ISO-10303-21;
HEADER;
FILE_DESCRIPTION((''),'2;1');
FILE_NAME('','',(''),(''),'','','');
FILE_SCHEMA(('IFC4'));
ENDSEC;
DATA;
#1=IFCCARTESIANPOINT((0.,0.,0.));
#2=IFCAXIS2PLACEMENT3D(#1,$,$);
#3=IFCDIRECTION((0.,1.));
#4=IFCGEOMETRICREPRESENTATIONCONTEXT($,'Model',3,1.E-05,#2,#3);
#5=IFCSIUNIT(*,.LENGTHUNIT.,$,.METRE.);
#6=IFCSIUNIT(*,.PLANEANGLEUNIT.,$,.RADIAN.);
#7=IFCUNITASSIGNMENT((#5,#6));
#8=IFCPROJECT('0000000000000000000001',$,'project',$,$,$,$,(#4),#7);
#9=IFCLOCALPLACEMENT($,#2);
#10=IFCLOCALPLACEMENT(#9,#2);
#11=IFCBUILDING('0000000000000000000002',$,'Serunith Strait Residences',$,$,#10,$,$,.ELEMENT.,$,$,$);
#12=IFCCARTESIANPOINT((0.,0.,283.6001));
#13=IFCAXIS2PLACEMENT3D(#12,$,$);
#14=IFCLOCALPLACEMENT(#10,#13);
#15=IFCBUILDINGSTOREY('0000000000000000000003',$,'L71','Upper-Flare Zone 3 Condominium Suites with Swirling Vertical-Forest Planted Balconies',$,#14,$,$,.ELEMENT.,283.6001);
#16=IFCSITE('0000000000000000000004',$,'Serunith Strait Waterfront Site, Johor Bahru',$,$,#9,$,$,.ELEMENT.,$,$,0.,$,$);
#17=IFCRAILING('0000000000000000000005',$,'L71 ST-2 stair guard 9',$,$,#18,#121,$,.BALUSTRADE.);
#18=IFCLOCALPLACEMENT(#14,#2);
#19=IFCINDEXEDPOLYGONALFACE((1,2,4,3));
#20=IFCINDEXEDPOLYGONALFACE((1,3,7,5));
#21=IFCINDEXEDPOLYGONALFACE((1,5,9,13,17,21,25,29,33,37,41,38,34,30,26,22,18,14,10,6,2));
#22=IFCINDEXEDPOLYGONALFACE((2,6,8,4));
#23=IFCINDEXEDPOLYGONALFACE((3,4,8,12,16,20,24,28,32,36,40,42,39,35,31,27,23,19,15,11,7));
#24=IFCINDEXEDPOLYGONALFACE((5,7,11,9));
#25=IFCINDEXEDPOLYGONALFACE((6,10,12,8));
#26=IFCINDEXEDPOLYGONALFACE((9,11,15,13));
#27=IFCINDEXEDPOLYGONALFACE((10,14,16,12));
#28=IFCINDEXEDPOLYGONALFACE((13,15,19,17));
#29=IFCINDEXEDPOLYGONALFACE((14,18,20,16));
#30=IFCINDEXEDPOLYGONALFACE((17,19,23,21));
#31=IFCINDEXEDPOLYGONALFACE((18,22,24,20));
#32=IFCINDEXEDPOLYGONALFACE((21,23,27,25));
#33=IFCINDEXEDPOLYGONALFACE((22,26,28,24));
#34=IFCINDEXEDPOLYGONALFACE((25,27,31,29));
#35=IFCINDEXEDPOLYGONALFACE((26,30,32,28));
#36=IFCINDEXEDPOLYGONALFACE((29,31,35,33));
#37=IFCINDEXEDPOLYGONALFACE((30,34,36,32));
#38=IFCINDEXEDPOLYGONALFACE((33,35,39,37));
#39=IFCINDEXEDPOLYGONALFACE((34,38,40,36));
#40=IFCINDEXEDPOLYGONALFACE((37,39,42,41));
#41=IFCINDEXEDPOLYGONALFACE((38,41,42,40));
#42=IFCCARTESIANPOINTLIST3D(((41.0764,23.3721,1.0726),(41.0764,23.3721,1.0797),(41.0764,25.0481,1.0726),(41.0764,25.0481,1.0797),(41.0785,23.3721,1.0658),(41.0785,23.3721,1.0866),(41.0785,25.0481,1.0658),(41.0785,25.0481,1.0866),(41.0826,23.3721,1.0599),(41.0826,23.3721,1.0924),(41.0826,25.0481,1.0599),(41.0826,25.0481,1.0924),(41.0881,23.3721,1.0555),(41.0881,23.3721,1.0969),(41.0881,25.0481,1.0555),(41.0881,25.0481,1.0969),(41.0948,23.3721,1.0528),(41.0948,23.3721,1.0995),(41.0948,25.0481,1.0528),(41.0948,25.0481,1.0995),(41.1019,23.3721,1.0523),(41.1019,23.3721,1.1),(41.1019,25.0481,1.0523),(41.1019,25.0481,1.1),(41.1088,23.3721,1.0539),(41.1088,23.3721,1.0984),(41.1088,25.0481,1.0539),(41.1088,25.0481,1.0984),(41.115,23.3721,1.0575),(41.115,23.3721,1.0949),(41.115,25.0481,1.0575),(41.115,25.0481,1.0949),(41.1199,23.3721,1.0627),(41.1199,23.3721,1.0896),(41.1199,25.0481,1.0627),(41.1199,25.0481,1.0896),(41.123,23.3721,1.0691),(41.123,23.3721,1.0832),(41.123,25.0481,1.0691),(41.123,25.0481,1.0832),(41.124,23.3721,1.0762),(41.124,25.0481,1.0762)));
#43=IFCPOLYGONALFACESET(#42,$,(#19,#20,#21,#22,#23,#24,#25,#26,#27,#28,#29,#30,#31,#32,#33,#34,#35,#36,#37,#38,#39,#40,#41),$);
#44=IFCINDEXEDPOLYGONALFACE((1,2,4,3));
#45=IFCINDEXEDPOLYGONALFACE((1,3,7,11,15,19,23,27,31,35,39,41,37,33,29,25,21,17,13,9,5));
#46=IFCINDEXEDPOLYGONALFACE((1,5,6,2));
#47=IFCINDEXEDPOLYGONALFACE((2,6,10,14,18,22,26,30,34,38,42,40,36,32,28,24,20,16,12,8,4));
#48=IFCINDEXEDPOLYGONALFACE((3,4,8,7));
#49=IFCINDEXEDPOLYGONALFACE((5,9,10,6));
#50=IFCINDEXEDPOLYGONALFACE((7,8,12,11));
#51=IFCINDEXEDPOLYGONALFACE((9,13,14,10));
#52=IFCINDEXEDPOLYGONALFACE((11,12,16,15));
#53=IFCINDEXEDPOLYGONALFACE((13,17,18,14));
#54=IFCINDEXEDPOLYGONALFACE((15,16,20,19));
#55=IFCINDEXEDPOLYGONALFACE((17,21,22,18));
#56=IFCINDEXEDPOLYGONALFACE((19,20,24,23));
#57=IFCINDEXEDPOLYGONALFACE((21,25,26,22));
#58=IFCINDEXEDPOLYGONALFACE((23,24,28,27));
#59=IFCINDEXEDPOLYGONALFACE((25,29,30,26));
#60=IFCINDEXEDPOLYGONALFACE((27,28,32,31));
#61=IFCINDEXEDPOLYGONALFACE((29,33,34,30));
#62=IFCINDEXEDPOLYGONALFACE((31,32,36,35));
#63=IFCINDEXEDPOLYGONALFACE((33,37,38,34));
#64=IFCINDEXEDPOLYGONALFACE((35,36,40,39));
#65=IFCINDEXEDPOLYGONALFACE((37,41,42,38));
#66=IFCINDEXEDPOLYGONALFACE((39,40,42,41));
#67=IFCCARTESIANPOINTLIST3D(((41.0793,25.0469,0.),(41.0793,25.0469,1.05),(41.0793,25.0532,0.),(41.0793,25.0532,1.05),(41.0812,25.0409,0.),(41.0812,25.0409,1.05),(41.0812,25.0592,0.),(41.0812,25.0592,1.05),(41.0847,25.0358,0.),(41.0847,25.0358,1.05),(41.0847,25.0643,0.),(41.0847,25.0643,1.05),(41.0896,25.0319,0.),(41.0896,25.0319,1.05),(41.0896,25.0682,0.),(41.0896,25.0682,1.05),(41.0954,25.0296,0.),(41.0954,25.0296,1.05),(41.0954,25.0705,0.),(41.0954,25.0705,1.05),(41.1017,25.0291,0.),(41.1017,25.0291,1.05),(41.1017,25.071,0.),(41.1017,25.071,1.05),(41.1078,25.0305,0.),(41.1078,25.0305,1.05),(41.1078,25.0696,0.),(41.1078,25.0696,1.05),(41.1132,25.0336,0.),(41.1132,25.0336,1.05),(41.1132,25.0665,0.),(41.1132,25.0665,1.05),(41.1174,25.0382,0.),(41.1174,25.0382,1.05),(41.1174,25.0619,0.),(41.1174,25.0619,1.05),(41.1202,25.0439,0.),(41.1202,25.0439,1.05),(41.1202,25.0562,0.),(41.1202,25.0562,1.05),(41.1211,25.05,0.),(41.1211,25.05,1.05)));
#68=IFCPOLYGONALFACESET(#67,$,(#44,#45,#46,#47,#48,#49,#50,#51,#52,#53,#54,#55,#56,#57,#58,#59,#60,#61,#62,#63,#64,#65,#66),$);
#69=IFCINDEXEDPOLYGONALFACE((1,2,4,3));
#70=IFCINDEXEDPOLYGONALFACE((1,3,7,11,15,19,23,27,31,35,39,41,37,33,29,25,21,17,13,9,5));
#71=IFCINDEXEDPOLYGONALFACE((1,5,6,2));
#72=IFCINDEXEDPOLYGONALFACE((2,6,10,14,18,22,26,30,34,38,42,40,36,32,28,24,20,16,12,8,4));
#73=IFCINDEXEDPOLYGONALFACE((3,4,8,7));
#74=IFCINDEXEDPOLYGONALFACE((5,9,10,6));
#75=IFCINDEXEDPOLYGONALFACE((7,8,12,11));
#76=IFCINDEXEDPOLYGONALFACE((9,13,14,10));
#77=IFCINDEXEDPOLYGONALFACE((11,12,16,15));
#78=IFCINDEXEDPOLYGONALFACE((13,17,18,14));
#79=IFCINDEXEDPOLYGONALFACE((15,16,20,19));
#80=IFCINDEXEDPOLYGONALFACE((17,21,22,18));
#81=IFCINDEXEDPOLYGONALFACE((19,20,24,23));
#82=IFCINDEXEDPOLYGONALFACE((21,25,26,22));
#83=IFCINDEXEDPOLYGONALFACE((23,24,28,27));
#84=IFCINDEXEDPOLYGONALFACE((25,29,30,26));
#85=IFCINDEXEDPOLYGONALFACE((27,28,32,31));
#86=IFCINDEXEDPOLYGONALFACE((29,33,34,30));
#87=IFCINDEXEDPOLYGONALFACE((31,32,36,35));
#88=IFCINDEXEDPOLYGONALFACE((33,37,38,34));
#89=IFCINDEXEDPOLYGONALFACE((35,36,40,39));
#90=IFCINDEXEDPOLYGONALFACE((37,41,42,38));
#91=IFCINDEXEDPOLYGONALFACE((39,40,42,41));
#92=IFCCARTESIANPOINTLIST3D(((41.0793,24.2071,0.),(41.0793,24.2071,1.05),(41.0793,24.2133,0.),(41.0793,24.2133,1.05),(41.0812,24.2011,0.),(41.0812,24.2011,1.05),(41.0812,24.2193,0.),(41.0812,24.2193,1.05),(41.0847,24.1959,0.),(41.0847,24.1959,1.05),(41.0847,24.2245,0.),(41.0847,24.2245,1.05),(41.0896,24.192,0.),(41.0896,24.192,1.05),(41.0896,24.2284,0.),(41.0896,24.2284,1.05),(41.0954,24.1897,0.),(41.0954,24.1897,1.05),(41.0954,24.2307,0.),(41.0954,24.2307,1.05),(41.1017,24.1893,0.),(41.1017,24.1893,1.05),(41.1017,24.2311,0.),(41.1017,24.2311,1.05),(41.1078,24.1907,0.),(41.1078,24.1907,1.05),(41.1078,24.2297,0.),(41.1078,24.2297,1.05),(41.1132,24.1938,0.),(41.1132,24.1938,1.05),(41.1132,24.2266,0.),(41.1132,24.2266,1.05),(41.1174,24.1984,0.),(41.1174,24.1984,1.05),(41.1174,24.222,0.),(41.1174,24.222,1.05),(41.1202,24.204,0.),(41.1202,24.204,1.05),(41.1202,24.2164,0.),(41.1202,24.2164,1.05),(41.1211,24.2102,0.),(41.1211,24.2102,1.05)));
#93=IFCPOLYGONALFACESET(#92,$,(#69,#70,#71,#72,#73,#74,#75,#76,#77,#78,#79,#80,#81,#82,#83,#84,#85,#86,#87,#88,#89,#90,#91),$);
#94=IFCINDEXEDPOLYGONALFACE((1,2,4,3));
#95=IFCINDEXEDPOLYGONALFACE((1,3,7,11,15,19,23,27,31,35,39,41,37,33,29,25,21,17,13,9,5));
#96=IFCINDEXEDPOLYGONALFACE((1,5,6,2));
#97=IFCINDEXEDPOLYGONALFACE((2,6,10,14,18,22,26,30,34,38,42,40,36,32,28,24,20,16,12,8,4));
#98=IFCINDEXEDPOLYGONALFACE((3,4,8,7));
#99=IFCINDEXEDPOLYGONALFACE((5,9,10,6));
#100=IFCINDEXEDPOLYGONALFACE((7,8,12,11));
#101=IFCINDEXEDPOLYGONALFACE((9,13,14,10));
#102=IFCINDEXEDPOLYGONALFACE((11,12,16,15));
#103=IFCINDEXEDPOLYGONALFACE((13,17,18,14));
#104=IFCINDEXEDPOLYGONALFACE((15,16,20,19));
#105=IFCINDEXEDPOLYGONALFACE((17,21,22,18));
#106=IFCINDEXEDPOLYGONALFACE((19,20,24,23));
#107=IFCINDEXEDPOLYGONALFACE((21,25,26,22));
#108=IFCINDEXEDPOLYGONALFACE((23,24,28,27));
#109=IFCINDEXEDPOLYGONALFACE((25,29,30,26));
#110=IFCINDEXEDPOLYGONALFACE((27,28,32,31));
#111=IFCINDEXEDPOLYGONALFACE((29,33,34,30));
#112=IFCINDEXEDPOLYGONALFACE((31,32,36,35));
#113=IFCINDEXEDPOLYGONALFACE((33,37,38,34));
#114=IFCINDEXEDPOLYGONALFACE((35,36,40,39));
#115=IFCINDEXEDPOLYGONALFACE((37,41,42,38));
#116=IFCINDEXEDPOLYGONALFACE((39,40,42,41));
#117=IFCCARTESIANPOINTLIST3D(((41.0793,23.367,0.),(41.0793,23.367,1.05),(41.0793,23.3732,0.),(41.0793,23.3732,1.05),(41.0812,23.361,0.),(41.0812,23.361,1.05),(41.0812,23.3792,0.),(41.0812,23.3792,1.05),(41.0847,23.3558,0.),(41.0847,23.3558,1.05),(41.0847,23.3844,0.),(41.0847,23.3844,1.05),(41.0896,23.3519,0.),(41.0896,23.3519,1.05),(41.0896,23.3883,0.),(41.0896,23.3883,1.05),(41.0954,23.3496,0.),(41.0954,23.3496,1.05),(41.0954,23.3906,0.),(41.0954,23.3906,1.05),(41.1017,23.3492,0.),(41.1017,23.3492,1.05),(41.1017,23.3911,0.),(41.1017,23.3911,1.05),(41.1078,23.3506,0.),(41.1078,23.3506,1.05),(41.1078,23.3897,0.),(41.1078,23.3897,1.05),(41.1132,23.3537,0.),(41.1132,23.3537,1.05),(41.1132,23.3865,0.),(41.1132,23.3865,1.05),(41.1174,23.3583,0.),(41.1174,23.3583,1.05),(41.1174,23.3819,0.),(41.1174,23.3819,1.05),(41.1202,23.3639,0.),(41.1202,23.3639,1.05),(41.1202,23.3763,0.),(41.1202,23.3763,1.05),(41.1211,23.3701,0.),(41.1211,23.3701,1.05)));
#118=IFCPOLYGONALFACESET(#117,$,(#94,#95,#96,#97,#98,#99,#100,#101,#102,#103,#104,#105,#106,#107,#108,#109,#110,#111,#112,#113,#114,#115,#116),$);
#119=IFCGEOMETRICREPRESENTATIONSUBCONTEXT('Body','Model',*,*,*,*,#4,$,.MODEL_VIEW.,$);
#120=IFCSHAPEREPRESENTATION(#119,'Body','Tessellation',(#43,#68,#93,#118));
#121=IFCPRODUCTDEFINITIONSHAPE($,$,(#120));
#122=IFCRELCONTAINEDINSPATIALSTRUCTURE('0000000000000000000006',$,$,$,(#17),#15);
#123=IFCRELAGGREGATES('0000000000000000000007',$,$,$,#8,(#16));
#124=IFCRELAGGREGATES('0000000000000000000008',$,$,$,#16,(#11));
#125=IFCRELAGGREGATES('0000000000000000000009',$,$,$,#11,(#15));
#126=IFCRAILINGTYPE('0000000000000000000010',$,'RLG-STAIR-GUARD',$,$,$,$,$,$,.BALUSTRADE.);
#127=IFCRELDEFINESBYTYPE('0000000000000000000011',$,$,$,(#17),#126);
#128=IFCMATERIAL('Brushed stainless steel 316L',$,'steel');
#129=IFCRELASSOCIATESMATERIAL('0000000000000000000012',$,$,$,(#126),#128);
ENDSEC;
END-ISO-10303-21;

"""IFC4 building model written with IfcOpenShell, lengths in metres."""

from ifc_helpers import new_model, si_unit, direction, frame, origin, origin_2d, place, context, subcontext, project, spatial, circle, extrude, material, type_object, element, save


model = new_model("IFC4")

# Units and contexts
model_context = context("Model", 3, precision=1e-05, world=origin(), true_north=direction((0.0, 1.0)))
body_context = subcontext(model_context, "Body", "Model", "MODEL_VIEW")
ifc_project = project(units=[si_unit("LENGTHUNIT", "METRE"), si_unit("PLANEANGLEUNIT", "RADIAN")], contexts=[model_context])

# Site, building, storey
site_placement = place(None, origin())
site = spatial("IfcSite", under=ifc_project, at=site_placement, Name="Serunith Strait Waterfront Site, Johor Bahru", CompositionType="ELEMENT", RefElevation=0.0)
building_placement = place(site_placement, origin())
building = spatial("IfcBuilding", under=site, at=building_placement, Name="Serunith Strait Residences", CompositionType="ELEMENT")
storey_placement = place(building_placement, frame((0.0, 0.0, 283.6001)))
storey = spatial("IfcBuildingStorey", under=building, at=storey_placement, Name="L71", Description="Upper-Flare Zone 3 Condominium Suites with Swirling Vertical-Forest Planted Balconies", CompositionType="ELEMENT", Elevation=283.6001)

# Railing
ifc_material_1 = material(Name="Brushed stainless steel 316L", Category="steel")
railing_type = type_object("IfcRailingType", Name="RLG-STAIR-GUARD", PredefinedType="BALUSTRADE", material=ifc_material_1)
for number, where, name in (
    (1, (41.1001, 25.05, 0.0), "L71 ST-2 stair guard 9"),
):
    element("IfcRailing", number, at=place(storey_placement, frame(where)), inside=storey, type_object=railing_type, Name=name, PredefinedType="BALUSTRADE", context=body_context, shape_type="SweptSolid", body=[
        extrude(circle(Radius=0.0239, at=origin_2d()), frame((0.0, -0.002, 1.0762), z_axis=(0.0, -1.0, 0.0), x_axis=(1.0, 0.0, 0.0)), (0.0, 0.0, 1.0), 1.676),
        extrude(circle(Radius=0.021, at=origin_2d()), origin(), (0.0, 0.0, 1.0), 1.05),
        extrude(circle(Radius=0.021, at=origin_2d()), frame((0.0, -0.8398, 0.0)), (0.0, 0.0, 1.0), 1.05),
        extrude(circle(Radius=0.021, at=origin_2d()), frame((0.0, -1.6799, 0.0)), (0.0, 0.0, 1.0), 1.05),
    ])

save(model, "model.ifc")
